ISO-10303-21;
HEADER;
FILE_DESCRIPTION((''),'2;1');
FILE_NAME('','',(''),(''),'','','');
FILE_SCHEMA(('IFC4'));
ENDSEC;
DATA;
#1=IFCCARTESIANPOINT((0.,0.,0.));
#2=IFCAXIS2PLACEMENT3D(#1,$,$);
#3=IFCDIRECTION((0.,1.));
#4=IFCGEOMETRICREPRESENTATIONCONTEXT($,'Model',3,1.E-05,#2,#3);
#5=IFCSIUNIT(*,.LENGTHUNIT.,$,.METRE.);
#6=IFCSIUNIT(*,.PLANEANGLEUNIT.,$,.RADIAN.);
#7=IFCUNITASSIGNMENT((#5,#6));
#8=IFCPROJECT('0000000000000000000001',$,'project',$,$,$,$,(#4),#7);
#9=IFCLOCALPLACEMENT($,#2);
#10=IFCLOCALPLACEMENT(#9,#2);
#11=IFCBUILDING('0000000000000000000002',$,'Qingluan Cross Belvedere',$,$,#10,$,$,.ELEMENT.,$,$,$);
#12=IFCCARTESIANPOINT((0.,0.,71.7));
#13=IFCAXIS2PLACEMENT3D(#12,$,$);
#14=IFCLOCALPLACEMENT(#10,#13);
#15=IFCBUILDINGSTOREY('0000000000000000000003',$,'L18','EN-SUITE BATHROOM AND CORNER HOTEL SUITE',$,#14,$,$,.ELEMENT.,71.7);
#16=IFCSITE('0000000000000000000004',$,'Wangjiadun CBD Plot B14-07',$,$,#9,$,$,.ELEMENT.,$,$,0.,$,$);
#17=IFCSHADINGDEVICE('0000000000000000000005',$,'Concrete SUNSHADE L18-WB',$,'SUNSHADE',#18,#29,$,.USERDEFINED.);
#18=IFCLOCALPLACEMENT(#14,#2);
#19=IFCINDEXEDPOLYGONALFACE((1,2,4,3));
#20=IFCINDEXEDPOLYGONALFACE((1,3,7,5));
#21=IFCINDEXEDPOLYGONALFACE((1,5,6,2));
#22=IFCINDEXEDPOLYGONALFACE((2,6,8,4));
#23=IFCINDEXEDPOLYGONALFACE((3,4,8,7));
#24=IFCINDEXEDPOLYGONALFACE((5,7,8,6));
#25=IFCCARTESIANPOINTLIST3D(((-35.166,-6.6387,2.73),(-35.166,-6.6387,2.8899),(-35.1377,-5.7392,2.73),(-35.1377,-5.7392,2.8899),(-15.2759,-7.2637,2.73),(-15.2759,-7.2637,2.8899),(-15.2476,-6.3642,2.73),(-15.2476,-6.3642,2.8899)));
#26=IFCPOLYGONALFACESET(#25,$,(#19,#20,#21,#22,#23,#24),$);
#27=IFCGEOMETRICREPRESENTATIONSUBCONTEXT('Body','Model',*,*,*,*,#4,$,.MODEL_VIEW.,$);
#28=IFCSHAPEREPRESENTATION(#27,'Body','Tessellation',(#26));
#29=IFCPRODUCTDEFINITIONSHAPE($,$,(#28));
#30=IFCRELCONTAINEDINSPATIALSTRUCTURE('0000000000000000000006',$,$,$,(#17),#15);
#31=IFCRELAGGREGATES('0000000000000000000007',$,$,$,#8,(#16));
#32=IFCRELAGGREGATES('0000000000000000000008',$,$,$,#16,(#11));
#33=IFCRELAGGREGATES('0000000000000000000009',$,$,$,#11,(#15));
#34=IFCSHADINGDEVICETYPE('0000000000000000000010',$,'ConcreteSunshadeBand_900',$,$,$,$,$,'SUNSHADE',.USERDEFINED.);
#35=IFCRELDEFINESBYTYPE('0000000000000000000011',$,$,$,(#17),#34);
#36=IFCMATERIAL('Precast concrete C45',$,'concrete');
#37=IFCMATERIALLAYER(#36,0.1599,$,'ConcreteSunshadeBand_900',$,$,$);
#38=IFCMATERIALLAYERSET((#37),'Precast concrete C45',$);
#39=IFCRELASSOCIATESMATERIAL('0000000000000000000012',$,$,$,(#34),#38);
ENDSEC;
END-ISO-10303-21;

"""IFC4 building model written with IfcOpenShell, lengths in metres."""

from ifc_helpers import new_model, si_unit, direction, frame, origin, origin_2d, place, context, subcontext, project, spatial, rectangle, extrude, material, layer, layer_set, type_object, element, save


model = new_model("IFC4")

# Units and contexts
model_context = context("Model", 3, precision=1e-05, world=origin(), true_north=direction((0.0, 1.0)))
body_context = subcontext(model_context, "Body", "Model", "MODEL_VIEW")
ifc_project = project(units=[si_unit("LENGTHUNIT", "METRE"), si_unit("PLANEANGLEUNIT", "RADIAN")], contexts=[model_context])

# Site, building, storey
site_placement = place(None, origin())
site = spatial("IfcSite", under=ifc_project, at=site_placement, Name="Wangjiadun CBD Plot B14-07", CompositionType="ELEMENT", RefElevation=0.0)
building_placement = place(site_placement, origin())
building = spatial("IfcBuilding", under=site, at=building_placement, Name="Qingluan Cross Belvedere", CompositionType="ELEMENT")
storey_placement = place(building_placement, frame((0.0, 0.0, 71.7)))
storey = spatial("IfcBuildingStorey", under=building, at=storey_placement, Name="L18", Description="EN-SUITE BATHROOM AND CORNER HOTEL SUITE", CompositionType="ELEMENT", Elevation=71.7)

# Shading device
ifc_material_1 = material(Name="Precast concrete C45", Category="concrete")
ifc_layer_1 = layer(ifc_material_1, 0.1599, Name="ConcreteSunshadeBand_900")
ifc_layer_set_1 = layer_set([ifc_layer_1], Name="Precast concrete C45")
shading_device_type = type_object("IfcShadingDeviceType", Name="ConcreteSunshadeBand_900", ElementType="SUNSHADE", PredefinedType="USERDEFINED", material=ifc_layer_set_1)
shading_device_placement = place(storey_placement, frame((-25.2068, -6.5015, 2.73), z_axis=(0.0, 0.0, 1.0), x_axis=(0.999507, -0.031408, 0.0)))
element("IfcShadingDevice", 1, at=shading_device_placement, inside=storey, type_object=shading_device_type, Name="Concrete SUNSHADE L18-WB", ObjectType="SUNSHADE", PredefinedType="USERDEFINED", context=body_context, shape_type="SweptSolid", body=[
    extrude(rectangle(XDim=19.8999, YDim=0.8999, at=origin_2d()), origin(), (0.0, 0.0, 1.0), 0.1599),
])

save(model, "model.ifc")
